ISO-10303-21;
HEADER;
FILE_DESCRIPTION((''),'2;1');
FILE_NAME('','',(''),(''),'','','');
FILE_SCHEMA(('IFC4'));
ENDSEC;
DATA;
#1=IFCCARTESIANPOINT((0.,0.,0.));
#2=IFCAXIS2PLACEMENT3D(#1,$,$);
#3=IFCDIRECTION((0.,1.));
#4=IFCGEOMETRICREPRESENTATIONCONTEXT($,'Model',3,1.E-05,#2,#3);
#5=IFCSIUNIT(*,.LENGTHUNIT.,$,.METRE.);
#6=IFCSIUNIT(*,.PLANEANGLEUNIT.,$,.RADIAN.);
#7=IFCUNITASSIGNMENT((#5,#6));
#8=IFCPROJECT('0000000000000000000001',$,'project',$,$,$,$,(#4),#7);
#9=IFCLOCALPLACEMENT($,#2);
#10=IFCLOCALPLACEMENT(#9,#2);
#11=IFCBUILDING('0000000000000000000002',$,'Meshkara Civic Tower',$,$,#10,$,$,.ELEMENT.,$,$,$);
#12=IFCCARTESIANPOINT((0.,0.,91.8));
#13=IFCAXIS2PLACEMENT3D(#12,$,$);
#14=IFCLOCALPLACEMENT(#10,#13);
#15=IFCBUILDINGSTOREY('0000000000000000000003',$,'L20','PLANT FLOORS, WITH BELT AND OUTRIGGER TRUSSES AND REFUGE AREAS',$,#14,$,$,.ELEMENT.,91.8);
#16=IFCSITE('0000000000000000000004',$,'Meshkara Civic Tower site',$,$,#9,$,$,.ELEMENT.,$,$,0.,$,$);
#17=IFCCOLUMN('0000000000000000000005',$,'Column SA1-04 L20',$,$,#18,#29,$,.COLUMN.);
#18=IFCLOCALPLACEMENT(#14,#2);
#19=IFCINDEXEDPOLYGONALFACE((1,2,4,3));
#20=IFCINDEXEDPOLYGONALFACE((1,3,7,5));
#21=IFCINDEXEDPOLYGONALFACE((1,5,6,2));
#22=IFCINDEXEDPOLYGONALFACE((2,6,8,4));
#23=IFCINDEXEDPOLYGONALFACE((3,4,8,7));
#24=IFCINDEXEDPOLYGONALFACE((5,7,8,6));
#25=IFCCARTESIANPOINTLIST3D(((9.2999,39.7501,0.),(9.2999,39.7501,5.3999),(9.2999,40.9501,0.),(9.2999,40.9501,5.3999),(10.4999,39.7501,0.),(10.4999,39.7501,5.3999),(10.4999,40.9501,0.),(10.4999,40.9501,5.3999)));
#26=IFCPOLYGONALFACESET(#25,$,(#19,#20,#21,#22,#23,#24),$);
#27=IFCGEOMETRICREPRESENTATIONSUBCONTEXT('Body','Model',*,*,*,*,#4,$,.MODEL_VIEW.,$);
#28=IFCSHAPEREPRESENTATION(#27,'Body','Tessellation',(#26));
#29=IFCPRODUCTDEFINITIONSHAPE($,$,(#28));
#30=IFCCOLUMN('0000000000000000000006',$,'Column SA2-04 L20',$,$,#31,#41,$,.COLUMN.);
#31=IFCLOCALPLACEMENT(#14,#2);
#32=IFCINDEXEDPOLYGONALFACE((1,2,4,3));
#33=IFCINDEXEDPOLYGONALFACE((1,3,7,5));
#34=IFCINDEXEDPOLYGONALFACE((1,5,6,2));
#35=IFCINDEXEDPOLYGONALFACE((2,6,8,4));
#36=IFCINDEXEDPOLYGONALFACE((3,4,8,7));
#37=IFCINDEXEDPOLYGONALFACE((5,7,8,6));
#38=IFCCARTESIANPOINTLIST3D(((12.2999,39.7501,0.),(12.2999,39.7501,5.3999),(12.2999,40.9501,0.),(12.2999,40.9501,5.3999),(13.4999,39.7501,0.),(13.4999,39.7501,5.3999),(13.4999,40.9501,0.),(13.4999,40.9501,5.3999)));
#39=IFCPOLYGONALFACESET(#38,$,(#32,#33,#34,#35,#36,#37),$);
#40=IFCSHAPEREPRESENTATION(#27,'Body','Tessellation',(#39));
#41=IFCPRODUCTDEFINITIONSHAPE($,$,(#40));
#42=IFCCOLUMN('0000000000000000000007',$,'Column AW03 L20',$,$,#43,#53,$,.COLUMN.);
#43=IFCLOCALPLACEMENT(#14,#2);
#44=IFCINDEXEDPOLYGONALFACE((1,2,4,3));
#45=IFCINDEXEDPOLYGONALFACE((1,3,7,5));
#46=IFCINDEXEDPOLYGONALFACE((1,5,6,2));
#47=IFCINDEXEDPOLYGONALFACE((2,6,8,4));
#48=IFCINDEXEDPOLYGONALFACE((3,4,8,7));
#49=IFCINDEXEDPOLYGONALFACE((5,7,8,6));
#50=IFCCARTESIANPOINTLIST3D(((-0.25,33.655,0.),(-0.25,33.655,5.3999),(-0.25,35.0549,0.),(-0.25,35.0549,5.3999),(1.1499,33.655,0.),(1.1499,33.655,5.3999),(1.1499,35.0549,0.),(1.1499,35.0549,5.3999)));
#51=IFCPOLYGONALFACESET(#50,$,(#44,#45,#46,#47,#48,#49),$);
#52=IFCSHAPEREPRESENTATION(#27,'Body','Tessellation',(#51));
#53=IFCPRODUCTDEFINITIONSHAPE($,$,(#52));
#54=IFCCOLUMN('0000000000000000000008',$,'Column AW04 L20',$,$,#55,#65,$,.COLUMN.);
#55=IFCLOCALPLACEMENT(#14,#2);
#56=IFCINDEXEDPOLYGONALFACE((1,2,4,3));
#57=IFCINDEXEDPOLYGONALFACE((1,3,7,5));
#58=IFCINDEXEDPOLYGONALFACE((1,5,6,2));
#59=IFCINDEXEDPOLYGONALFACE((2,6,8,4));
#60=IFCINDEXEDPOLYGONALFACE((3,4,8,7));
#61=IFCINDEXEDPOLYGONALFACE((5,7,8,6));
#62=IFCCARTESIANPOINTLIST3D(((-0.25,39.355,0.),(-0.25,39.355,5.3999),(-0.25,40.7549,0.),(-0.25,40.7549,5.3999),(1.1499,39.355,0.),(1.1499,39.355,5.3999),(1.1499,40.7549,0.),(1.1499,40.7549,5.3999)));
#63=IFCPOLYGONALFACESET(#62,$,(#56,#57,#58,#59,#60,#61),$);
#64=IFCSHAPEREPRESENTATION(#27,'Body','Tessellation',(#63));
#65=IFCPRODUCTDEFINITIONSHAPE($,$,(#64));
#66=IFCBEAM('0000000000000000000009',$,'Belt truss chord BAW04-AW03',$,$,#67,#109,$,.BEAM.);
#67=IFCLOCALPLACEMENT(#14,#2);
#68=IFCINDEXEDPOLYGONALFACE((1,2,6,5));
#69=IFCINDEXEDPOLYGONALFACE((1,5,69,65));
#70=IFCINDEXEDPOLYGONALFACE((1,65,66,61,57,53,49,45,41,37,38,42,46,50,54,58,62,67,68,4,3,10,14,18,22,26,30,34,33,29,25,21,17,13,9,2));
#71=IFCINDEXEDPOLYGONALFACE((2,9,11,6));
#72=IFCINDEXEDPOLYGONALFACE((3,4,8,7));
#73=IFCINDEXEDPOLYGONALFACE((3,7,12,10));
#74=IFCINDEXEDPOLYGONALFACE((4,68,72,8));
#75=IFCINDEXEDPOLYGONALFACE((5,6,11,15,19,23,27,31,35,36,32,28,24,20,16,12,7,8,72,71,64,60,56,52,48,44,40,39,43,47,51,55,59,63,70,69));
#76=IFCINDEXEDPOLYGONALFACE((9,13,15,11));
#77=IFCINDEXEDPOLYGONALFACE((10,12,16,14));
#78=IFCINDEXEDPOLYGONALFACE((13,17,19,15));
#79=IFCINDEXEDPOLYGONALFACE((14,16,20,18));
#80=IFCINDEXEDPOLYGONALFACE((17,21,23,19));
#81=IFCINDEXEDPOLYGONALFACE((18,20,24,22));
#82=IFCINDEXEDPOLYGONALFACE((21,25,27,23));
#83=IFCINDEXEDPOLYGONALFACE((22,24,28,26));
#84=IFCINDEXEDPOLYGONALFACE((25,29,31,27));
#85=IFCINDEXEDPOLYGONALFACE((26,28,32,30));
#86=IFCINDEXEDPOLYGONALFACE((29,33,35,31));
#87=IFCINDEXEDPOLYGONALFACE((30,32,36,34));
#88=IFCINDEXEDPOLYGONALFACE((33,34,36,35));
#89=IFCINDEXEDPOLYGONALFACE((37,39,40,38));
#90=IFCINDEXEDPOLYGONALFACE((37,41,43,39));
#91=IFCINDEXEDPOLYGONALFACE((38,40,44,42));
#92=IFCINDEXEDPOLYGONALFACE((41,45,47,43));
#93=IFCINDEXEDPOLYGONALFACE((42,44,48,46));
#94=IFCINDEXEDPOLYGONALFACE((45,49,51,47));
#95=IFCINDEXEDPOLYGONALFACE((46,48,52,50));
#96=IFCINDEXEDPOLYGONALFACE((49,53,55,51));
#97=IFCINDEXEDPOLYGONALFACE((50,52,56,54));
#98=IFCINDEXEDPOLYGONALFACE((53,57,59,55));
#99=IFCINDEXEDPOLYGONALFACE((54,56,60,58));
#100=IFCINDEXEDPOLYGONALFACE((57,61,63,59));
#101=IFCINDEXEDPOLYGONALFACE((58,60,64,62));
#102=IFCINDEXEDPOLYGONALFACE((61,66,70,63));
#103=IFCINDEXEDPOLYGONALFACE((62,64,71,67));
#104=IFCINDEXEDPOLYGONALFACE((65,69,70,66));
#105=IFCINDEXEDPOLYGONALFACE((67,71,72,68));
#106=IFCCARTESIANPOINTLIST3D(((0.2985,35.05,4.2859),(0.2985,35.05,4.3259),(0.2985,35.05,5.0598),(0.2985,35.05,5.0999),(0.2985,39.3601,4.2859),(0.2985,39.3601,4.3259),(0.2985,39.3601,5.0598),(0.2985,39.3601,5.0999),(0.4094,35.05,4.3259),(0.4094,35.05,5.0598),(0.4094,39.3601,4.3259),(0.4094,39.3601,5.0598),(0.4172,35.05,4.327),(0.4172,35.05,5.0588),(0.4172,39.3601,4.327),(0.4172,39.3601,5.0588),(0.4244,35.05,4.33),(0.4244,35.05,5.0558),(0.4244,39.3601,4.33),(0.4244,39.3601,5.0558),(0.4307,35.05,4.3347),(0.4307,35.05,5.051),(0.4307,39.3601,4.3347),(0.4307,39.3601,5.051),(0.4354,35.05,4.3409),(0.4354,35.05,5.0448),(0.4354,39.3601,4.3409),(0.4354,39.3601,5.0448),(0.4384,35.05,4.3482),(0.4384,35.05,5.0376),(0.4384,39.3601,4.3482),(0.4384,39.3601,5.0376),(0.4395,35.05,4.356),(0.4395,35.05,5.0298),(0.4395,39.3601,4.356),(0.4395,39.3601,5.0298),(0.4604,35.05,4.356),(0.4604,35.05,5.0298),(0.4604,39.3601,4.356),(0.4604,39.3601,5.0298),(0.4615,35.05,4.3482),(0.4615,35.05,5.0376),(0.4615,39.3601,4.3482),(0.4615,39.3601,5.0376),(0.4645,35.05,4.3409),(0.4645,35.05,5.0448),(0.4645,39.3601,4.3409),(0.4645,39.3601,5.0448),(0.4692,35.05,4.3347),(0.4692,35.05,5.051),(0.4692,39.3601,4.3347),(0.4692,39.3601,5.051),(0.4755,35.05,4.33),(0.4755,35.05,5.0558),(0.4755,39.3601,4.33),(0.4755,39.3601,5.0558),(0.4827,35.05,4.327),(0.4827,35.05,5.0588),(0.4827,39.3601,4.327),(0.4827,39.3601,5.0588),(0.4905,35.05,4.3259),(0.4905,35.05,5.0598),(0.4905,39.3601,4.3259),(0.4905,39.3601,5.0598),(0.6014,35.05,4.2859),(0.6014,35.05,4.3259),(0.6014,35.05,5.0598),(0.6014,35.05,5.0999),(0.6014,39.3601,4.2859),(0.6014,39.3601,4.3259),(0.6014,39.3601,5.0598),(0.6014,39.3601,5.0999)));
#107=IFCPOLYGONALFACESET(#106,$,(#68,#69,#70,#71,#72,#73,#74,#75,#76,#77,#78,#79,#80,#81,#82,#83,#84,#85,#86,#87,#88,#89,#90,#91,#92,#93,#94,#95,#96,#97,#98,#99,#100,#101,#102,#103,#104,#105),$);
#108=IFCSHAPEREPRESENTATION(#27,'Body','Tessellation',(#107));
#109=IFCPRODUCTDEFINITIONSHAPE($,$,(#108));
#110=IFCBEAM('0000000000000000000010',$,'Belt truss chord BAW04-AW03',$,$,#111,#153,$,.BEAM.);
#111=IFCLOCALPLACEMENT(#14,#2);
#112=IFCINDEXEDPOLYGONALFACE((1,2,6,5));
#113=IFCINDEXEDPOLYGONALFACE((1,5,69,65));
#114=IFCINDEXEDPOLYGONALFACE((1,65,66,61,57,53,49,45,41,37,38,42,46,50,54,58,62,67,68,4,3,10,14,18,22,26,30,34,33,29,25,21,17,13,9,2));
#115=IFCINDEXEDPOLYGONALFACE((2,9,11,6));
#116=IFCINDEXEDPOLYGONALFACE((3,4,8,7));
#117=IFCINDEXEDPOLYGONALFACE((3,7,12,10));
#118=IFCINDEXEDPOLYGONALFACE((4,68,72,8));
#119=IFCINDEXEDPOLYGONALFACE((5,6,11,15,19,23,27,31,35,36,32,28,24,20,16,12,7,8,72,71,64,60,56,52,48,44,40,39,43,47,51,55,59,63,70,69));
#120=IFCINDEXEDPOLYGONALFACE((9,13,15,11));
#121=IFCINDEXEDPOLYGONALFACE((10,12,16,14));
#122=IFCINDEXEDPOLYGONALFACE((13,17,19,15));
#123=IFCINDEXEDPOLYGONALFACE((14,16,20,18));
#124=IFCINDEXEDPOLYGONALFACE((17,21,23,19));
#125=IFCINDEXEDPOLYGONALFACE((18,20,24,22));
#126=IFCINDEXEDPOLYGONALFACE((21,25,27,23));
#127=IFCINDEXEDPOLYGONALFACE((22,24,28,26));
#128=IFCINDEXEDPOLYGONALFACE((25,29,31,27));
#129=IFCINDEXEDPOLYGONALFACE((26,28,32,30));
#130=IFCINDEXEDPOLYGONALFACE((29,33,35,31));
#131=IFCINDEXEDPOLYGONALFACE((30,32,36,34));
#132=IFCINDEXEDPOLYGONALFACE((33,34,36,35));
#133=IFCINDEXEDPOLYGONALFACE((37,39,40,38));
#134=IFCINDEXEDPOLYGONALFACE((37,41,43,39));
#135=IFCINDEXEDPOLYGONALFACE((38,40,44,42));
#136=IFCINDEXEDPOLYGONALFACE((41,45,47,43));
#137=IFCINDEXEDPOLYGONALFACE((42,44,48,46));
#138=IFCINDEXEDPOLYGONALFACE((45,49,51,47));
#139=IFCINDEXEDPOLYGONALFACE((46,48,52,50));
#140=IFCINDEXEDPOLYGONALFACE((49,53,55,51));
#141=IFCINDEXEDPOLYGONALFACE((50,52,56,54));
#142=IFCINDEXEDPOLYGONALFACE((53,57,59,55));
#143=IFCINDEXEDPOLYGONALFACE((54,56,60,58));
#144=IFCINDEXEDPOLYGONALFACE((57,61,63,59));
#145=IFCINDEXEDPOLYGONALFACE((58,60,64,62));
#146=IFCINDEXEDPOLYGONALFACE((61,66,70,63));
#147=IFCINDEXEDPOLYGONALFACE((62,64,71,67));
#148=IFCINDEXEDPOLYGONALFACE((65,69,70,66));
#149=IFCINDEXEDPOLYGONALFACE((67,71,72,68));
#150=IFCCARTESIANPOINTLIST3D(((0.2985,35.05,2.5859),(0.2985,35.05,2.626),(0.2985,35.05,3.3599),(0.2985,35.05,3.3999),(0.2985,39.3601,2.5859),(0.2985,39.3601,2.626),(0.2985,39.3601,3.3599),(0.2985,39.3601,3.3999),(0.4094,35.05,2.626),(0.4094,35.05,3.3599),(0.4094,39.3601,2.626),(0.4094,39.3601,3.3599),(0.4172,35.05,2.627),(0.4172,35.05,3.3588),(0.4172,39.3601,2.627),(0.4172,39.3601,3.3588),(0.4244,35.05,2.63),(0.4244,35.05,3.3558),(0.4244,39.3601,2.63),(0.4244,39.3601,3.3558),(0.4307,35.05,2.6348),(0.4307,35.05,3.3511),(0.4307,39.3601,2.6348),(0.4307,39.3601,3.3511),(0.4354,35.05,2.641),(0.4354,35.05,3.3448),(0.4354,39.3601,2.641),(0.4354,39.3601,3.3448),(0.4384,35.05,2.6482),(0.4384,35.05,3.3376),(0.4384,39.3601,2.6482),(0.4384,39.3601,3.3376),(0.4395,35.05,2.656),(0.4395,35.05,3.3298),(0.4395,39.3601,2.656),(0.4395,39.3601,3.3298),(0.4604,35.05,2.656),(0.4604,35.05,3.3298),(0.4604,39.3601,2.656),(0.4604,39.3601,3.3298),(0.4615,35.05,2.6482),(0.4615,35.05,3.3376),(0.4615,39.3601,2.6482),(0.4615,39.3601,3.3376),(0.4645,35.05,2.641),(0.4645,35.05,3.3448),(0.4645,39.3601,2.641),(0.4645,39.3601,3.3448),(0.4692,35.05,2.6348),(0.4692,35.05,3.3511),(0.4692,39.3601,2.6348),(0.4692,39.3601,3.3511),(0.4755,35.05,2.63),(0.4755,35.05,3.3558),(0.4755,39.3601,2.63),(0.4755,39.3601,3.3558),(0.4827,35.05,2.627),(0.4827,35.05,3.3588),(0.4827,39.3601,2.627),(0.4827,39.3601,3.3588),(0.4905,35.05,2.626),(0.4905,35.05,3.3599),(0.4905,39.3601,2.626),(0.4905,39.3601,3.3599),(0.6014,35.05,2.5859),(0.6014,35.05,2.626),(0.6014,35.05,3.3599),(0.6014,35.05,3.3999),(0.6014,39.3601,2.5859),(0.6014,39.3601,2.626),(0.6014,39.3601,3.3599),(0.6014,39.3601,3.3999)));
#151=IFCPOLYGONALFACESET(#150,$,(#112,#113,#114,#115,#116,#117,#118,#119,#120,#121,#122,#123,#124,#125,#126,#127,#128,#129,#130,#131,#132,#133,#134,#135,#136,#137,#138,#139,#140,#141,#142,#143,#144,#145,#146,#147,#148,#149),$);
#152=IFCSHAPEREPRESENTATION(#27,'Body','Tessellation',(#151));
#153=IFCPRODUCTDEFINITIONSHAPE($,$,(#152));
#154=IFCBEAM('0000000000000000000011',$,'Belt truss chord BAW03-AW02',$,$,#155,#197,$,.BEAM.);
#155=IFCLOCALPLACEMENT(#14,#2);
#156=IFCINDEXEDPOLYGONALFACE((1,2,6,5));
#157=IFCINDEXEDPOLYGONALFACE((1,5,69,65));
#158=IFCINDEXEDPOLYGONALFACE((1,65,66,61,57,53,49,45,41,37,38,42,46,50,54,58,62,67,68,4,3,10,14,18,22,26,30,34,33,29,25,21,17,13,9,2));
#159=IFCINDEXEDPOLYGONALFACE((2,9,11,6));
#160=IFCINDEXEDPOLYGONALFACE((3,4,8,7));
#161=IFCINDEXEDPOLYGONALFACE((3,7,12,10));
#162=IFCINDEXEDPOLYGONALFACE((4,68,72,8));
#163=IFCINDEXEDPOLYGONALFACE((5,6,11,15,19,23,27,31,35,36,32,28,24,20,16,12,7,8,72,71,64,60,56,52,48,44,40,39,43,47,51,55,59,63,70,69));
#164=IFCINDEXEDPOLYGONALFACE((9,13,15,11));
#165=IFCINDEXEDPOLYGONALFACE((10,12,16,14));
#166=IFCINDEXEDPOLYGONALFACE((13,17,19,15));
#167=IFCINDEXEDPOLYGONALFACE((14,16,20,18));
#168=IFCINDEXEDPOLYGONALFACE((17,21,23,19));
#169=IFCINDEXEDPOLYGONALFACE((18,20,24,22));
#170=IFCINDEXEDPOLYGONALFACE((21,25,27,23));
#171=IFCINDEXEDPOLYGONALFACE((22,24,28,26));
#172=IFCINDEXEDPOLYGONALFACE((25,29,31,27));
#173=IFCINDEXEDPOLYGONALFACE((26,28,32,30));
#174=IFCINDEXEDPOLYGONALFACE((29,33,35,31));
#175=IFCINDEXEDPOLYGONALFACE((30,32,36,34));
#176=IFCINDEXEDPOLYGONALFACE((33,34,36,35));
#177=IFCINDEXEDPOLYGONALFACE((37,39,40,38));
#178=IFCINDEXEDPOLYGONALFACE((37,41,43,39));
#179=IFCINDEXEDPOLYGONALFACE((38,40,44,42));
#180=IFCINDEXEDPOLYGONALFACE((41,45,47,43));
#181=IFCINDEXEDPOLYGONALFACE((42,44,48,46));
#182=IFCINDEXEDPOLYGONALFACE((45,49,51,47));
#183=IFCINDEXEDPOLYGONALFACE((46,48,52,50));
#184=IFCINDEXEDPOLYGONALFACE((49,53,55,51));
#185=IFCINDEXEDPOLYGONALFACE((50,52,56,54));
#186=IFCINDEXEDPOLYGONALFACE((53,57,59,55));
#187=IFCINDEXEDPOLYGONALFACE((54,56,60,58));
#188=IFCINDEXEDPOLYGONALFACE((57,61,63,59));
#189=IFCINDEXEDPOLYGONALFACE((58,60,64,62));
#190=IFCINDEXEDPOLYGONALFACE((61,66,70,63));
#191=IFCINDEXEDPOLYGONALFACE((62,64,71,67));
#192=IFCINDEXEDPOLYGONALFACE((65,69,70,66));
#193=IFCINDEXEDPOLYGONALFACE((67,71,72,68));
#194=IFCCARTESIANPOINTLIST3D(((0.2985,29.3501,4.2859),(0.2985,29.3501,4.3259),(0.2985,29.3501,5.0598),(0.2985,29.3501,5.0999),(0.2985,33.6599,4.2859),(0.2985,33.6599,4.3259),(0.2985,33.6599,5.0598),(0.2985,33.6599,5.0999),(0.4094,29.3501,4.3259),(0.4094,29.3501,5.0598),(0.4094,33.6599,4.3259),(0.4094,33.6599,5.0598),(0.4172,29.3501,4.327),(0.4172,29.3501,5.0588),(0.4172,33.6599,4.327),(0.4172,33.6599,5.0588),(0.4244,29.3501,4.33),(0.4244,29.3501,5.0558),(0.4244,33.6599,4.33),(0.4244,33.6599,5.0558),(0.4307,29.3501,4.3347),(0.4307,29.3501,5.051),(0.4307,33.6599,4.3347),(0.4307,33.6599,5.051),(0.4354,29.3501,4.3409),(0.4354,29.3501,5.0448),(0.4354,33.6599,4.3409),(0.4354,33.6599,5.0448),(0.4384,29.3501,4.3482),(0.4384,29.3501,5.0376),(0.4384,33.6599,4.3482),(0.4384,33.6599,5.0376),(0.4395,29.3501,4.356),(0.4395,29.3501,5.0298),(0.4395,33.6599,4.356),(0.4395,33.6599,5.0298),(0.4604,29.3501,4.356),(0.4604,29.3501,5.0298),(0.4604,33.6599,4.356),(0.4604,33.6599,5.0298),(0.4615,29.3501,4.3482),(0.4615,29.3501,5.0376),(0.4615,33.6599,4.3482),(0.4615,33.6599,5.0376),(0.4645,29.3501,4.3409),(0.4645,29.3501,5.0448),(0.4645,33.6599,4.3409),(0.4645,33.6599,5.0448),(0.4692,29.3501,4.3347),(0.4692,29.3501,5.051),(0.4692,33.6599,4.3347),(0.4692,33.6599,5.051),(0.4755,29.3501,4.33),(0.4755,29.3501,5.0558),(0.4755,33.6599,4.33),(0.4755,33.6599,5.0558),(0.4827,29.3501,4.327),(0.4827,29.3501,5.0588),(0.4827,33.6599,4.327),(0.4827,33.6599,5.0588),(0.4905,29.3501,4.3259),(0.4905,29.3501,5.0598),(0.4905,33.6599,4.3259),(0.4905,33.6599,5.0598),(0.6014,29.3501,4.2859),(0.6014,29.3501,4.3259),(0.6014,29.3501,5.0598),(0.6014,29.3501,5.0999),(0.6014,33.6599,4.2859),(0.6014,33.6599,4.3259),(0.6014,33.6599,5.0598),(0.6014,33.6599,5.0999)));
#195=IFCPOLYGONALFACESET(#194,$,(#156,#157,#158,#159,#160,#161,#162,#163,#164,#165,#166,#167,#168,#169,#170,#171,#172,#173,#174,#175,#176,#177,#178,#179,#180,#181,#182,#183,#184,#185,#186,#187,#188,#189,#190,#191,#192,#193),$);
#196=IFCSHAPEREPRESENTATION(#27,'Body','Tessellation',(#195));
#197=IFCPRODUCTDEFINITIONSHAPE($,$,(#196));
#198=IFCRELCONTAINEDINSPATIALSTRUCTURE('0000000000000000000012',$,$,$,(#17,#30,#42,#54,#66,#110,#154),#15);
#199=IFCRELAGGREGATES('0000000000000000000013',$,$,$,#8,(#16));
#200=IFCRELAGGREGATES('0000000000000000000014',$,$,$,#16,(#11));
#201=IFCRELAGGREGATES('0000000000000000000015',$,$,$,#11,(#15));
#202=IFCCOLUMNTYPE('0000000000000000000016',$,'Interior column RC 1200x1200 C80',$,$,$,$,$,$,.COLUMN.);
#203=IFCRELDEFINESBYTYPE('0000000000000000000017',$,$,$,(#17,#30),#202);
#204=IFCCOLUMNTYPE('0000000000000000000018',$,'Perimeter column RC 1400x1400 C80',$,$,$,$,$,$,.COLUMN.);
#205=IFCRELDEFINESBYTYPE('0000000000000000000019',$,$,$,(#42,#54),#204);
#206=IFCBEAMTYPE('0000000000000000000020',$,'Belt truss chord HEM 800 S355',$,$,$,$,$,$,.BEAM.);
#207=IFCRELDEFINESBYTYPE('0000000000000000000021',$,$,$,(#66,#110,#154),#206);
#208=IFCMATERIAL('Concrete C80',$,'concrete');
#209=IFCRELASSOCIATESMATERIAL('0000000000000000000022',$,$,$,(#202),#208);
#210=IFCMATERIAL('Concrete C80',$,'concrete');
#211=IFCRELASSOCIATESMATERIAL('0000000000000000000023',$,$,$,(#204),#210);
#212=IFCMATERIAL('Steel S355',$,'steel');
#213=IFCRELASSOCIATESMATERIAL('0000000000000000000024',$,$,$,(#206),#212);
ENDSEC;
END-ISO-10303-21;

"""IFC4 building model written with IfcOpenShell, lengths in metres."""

from ifc_helpers import new_model, si_unit, direction, frame, origin, origin_2d, place, context, subcontext, project, spatial, rectangle, i_section, extrude, material, material_profile, profile_set, type_object, element, save


model = new_model("IFC4")

# Units and contexts
model_context = context("Model", 3, precision=1e-05, world=origin(), true_north=direction((0.0, 1.0)))
body_context = subcontext(model_context, "Body", "Model", "MODEL_VIEW")
ifc_project = project(units=[si_unit("LENGTHUNIT", "METRE"), si_unit("PLANEANGLEUNIT", "RADIAN")], contexts=[model_context])

# Site, building, storey
site_placement = place(None, origin())
site = spatial("IfcSite", under=ifc_project, at=site_placement, Name="Meshkara Civic Tower site", CompositionType="ELEMENT", RefElevation=0.0)
building_placement = place(site_placement, origin())
building = spatial("IfcBuilding", under=site, at=building_placement, Name="Meshkara Civic Tower", CompositionType="ELEMENT")
storey_placement = place(building_placement, frame((0.0, 0.0, 91.8)))
storey = spatial("IfcBuildingStorey", under=building, at=storey_placement, Name="L20", Description="PLANT FLOORS, WITH BELT AND OUTRIGGER TRUSSES AND REFUGE AREAS", CompositionType="ELEMENT", Elevation=91.8)

# Columns
ifc_material_1 = material(Name="Concrete C80", Category="concrete")
ifc_material_profile_1 = material_profile(ifc_material_1, rectangle(XDim=1.2, YDim=1.2, at=origin_2d()))
ifc_profile_set_1 = profile_set([ifc_material_profile_1], Name="Concrete C80")
column_type_1 = type_object("IfcColumnType", Name="Interior column RC 1200x1200 C80", PredefinedType="COLUMN", material=ifc_profile_set_1)
for number, where, z_axis, x_axis, name in (
    (1, (9.8999, 40.3501, 0.0), (0.0, 0.0, 1.0), (1.0, 0.0, 0.0), "Column SA1-04 L20"),
    (2, (12.8999, 40.3501, 0.0), (0.0, 0.0, 1.0), (1.0, 0.0, 0.0), "Column SA2-04 L20"),
):
    element("IfcColumn", number, at=place(storey_placement, frame(where, z_axis=z_axis, x_axis=x_axis)), inside=storey, type_object=column_type_1, Name=name, PredefinedType="COLUMN", context=body_context, shape_type="SweptSolid", body=[
        extrude(rectangle(XDim=1.2, YDim=1.2, at=origin_2d()), origin(), (0.0, 0.0, 1.0), 5.3999),
    ])
ifc_material_2 = material(Name="Concrete C80", Category="concrete")
ifc_material_profile_2 = material_profile(ifc_material_2, rectangle(XDim=1.3999, YDim=1.3999, at=origin_2d()))
ifc_profile_set_2 = profile_set([ifc_material_profile_2], Name="Concrete C80")
column_type_2 = type_object("IfcColumnType", Name="Perimeter column RC 1400x1400 C80", PredefinedType="COLUMN", material=ifc_profile_set_2)
for number, where, z_axis, x_axis, name in (
    (3, (0.45, 34.355, 0.0), (0.0, 0.0, 1.0), (1.0, 0.0, 0.0), "Column AW03 L20"),
    (4, (0.45, 40.0549, 0.0), (0.0, 0.0, 1.0), (1.0, 0.0, 0.0), "Column AW04 L20"),
):
    element("IfcColumn", number, at=place(storey_placement, frame(where, z_axis=z_axis, x_axis=x_axis)), inside=storey, type_object=column_type_2, Name=name, PredefinedType="COLUMN", context=body_context, shape_type="SweptSolid", body=[
        extrude(rectangle(XDim=1.3999, YDim=1.3999, at=origin_2d()), origin(), (0.0, 0.0, 1.0), 5.3999),
    ])

# Beams
ifc_material_3 = material(Name="Steel S355", Category="steel")
ifc_material_profile_3 = material_profile(ifc_material_3, i_section(OverallWidth=0.303, OverallDepth=0.814, WebThickness=0.021, FlangeThickness=0.04, FilletRadius=0.03, at=origin_2d()))
ifc_profile_set_3 = profile_set([ifc_material_profile_3], Name="Steel S355")
beam_type_1 = type_object("IfcBeamType", Name="Belt truss chord HEM 800 S355", PredefinedType="BEAM", material=ifc_profile_set_3)
for number, where, z_axis, x_axis, name in (
    (5, (0.45, 39.3601, 4.6929), (0.0, -1.0, 0.0), (1.0, 0.0, 0.0), "Belt truss chord BAW04-AW03"),
    (6, (0.45, 39.3601, 2.9929), (0.0, -1.0, 0.0), (1.0, 0.0, 0.0), "Belt truss chord BAW04-AW03"),
):
    element("IfcBeam", number, at=place(storey_placement, frame(where, z_axis=z_axis, x_axis=x_axis)), inside=storey, type_object=beam_type_1, Name=name, PredefinedType="BEAM", context=body_context, shape_type="SweptSolid", body=[
        extrude(i_section(OverallWidth=0.303, OverallDepth=0.814, WebThickness=0.021, FlangeThickness=0.04, FilletRadius=0.03, at=origin_2d()), origin(), (0.0, 0.0, 1.0), 4.3101),
    ])
for number, where, z_axis, x_axis, name in (
    (7, (0.45, 33.6599, 4.6929), (0.0, -1.0, 0.0), (1.0, 0.0, 0.0), "Belt truss chord BAW03-AW02"),
):
    element("IfcBeam", number, at=place(storey_placement, frame(where, z_axis=z_axis, x_axis=x_axis)), inside=storey, type_object=beam_type_1, Name=name, PredefinedType="BEAM", context=body_context, shape_type="SweptSolid", body=[
        extrude(i_section(OverallWidth=0.303, OverallDepth=0.814, WebThickness=0.021, FlangeThickness=0.04, FilletRadius=0.03, at=origin_2d()), origin(), (0.0, 0.0, 1.0), 4.3098),
    ])

save(model, "model.ifc")
